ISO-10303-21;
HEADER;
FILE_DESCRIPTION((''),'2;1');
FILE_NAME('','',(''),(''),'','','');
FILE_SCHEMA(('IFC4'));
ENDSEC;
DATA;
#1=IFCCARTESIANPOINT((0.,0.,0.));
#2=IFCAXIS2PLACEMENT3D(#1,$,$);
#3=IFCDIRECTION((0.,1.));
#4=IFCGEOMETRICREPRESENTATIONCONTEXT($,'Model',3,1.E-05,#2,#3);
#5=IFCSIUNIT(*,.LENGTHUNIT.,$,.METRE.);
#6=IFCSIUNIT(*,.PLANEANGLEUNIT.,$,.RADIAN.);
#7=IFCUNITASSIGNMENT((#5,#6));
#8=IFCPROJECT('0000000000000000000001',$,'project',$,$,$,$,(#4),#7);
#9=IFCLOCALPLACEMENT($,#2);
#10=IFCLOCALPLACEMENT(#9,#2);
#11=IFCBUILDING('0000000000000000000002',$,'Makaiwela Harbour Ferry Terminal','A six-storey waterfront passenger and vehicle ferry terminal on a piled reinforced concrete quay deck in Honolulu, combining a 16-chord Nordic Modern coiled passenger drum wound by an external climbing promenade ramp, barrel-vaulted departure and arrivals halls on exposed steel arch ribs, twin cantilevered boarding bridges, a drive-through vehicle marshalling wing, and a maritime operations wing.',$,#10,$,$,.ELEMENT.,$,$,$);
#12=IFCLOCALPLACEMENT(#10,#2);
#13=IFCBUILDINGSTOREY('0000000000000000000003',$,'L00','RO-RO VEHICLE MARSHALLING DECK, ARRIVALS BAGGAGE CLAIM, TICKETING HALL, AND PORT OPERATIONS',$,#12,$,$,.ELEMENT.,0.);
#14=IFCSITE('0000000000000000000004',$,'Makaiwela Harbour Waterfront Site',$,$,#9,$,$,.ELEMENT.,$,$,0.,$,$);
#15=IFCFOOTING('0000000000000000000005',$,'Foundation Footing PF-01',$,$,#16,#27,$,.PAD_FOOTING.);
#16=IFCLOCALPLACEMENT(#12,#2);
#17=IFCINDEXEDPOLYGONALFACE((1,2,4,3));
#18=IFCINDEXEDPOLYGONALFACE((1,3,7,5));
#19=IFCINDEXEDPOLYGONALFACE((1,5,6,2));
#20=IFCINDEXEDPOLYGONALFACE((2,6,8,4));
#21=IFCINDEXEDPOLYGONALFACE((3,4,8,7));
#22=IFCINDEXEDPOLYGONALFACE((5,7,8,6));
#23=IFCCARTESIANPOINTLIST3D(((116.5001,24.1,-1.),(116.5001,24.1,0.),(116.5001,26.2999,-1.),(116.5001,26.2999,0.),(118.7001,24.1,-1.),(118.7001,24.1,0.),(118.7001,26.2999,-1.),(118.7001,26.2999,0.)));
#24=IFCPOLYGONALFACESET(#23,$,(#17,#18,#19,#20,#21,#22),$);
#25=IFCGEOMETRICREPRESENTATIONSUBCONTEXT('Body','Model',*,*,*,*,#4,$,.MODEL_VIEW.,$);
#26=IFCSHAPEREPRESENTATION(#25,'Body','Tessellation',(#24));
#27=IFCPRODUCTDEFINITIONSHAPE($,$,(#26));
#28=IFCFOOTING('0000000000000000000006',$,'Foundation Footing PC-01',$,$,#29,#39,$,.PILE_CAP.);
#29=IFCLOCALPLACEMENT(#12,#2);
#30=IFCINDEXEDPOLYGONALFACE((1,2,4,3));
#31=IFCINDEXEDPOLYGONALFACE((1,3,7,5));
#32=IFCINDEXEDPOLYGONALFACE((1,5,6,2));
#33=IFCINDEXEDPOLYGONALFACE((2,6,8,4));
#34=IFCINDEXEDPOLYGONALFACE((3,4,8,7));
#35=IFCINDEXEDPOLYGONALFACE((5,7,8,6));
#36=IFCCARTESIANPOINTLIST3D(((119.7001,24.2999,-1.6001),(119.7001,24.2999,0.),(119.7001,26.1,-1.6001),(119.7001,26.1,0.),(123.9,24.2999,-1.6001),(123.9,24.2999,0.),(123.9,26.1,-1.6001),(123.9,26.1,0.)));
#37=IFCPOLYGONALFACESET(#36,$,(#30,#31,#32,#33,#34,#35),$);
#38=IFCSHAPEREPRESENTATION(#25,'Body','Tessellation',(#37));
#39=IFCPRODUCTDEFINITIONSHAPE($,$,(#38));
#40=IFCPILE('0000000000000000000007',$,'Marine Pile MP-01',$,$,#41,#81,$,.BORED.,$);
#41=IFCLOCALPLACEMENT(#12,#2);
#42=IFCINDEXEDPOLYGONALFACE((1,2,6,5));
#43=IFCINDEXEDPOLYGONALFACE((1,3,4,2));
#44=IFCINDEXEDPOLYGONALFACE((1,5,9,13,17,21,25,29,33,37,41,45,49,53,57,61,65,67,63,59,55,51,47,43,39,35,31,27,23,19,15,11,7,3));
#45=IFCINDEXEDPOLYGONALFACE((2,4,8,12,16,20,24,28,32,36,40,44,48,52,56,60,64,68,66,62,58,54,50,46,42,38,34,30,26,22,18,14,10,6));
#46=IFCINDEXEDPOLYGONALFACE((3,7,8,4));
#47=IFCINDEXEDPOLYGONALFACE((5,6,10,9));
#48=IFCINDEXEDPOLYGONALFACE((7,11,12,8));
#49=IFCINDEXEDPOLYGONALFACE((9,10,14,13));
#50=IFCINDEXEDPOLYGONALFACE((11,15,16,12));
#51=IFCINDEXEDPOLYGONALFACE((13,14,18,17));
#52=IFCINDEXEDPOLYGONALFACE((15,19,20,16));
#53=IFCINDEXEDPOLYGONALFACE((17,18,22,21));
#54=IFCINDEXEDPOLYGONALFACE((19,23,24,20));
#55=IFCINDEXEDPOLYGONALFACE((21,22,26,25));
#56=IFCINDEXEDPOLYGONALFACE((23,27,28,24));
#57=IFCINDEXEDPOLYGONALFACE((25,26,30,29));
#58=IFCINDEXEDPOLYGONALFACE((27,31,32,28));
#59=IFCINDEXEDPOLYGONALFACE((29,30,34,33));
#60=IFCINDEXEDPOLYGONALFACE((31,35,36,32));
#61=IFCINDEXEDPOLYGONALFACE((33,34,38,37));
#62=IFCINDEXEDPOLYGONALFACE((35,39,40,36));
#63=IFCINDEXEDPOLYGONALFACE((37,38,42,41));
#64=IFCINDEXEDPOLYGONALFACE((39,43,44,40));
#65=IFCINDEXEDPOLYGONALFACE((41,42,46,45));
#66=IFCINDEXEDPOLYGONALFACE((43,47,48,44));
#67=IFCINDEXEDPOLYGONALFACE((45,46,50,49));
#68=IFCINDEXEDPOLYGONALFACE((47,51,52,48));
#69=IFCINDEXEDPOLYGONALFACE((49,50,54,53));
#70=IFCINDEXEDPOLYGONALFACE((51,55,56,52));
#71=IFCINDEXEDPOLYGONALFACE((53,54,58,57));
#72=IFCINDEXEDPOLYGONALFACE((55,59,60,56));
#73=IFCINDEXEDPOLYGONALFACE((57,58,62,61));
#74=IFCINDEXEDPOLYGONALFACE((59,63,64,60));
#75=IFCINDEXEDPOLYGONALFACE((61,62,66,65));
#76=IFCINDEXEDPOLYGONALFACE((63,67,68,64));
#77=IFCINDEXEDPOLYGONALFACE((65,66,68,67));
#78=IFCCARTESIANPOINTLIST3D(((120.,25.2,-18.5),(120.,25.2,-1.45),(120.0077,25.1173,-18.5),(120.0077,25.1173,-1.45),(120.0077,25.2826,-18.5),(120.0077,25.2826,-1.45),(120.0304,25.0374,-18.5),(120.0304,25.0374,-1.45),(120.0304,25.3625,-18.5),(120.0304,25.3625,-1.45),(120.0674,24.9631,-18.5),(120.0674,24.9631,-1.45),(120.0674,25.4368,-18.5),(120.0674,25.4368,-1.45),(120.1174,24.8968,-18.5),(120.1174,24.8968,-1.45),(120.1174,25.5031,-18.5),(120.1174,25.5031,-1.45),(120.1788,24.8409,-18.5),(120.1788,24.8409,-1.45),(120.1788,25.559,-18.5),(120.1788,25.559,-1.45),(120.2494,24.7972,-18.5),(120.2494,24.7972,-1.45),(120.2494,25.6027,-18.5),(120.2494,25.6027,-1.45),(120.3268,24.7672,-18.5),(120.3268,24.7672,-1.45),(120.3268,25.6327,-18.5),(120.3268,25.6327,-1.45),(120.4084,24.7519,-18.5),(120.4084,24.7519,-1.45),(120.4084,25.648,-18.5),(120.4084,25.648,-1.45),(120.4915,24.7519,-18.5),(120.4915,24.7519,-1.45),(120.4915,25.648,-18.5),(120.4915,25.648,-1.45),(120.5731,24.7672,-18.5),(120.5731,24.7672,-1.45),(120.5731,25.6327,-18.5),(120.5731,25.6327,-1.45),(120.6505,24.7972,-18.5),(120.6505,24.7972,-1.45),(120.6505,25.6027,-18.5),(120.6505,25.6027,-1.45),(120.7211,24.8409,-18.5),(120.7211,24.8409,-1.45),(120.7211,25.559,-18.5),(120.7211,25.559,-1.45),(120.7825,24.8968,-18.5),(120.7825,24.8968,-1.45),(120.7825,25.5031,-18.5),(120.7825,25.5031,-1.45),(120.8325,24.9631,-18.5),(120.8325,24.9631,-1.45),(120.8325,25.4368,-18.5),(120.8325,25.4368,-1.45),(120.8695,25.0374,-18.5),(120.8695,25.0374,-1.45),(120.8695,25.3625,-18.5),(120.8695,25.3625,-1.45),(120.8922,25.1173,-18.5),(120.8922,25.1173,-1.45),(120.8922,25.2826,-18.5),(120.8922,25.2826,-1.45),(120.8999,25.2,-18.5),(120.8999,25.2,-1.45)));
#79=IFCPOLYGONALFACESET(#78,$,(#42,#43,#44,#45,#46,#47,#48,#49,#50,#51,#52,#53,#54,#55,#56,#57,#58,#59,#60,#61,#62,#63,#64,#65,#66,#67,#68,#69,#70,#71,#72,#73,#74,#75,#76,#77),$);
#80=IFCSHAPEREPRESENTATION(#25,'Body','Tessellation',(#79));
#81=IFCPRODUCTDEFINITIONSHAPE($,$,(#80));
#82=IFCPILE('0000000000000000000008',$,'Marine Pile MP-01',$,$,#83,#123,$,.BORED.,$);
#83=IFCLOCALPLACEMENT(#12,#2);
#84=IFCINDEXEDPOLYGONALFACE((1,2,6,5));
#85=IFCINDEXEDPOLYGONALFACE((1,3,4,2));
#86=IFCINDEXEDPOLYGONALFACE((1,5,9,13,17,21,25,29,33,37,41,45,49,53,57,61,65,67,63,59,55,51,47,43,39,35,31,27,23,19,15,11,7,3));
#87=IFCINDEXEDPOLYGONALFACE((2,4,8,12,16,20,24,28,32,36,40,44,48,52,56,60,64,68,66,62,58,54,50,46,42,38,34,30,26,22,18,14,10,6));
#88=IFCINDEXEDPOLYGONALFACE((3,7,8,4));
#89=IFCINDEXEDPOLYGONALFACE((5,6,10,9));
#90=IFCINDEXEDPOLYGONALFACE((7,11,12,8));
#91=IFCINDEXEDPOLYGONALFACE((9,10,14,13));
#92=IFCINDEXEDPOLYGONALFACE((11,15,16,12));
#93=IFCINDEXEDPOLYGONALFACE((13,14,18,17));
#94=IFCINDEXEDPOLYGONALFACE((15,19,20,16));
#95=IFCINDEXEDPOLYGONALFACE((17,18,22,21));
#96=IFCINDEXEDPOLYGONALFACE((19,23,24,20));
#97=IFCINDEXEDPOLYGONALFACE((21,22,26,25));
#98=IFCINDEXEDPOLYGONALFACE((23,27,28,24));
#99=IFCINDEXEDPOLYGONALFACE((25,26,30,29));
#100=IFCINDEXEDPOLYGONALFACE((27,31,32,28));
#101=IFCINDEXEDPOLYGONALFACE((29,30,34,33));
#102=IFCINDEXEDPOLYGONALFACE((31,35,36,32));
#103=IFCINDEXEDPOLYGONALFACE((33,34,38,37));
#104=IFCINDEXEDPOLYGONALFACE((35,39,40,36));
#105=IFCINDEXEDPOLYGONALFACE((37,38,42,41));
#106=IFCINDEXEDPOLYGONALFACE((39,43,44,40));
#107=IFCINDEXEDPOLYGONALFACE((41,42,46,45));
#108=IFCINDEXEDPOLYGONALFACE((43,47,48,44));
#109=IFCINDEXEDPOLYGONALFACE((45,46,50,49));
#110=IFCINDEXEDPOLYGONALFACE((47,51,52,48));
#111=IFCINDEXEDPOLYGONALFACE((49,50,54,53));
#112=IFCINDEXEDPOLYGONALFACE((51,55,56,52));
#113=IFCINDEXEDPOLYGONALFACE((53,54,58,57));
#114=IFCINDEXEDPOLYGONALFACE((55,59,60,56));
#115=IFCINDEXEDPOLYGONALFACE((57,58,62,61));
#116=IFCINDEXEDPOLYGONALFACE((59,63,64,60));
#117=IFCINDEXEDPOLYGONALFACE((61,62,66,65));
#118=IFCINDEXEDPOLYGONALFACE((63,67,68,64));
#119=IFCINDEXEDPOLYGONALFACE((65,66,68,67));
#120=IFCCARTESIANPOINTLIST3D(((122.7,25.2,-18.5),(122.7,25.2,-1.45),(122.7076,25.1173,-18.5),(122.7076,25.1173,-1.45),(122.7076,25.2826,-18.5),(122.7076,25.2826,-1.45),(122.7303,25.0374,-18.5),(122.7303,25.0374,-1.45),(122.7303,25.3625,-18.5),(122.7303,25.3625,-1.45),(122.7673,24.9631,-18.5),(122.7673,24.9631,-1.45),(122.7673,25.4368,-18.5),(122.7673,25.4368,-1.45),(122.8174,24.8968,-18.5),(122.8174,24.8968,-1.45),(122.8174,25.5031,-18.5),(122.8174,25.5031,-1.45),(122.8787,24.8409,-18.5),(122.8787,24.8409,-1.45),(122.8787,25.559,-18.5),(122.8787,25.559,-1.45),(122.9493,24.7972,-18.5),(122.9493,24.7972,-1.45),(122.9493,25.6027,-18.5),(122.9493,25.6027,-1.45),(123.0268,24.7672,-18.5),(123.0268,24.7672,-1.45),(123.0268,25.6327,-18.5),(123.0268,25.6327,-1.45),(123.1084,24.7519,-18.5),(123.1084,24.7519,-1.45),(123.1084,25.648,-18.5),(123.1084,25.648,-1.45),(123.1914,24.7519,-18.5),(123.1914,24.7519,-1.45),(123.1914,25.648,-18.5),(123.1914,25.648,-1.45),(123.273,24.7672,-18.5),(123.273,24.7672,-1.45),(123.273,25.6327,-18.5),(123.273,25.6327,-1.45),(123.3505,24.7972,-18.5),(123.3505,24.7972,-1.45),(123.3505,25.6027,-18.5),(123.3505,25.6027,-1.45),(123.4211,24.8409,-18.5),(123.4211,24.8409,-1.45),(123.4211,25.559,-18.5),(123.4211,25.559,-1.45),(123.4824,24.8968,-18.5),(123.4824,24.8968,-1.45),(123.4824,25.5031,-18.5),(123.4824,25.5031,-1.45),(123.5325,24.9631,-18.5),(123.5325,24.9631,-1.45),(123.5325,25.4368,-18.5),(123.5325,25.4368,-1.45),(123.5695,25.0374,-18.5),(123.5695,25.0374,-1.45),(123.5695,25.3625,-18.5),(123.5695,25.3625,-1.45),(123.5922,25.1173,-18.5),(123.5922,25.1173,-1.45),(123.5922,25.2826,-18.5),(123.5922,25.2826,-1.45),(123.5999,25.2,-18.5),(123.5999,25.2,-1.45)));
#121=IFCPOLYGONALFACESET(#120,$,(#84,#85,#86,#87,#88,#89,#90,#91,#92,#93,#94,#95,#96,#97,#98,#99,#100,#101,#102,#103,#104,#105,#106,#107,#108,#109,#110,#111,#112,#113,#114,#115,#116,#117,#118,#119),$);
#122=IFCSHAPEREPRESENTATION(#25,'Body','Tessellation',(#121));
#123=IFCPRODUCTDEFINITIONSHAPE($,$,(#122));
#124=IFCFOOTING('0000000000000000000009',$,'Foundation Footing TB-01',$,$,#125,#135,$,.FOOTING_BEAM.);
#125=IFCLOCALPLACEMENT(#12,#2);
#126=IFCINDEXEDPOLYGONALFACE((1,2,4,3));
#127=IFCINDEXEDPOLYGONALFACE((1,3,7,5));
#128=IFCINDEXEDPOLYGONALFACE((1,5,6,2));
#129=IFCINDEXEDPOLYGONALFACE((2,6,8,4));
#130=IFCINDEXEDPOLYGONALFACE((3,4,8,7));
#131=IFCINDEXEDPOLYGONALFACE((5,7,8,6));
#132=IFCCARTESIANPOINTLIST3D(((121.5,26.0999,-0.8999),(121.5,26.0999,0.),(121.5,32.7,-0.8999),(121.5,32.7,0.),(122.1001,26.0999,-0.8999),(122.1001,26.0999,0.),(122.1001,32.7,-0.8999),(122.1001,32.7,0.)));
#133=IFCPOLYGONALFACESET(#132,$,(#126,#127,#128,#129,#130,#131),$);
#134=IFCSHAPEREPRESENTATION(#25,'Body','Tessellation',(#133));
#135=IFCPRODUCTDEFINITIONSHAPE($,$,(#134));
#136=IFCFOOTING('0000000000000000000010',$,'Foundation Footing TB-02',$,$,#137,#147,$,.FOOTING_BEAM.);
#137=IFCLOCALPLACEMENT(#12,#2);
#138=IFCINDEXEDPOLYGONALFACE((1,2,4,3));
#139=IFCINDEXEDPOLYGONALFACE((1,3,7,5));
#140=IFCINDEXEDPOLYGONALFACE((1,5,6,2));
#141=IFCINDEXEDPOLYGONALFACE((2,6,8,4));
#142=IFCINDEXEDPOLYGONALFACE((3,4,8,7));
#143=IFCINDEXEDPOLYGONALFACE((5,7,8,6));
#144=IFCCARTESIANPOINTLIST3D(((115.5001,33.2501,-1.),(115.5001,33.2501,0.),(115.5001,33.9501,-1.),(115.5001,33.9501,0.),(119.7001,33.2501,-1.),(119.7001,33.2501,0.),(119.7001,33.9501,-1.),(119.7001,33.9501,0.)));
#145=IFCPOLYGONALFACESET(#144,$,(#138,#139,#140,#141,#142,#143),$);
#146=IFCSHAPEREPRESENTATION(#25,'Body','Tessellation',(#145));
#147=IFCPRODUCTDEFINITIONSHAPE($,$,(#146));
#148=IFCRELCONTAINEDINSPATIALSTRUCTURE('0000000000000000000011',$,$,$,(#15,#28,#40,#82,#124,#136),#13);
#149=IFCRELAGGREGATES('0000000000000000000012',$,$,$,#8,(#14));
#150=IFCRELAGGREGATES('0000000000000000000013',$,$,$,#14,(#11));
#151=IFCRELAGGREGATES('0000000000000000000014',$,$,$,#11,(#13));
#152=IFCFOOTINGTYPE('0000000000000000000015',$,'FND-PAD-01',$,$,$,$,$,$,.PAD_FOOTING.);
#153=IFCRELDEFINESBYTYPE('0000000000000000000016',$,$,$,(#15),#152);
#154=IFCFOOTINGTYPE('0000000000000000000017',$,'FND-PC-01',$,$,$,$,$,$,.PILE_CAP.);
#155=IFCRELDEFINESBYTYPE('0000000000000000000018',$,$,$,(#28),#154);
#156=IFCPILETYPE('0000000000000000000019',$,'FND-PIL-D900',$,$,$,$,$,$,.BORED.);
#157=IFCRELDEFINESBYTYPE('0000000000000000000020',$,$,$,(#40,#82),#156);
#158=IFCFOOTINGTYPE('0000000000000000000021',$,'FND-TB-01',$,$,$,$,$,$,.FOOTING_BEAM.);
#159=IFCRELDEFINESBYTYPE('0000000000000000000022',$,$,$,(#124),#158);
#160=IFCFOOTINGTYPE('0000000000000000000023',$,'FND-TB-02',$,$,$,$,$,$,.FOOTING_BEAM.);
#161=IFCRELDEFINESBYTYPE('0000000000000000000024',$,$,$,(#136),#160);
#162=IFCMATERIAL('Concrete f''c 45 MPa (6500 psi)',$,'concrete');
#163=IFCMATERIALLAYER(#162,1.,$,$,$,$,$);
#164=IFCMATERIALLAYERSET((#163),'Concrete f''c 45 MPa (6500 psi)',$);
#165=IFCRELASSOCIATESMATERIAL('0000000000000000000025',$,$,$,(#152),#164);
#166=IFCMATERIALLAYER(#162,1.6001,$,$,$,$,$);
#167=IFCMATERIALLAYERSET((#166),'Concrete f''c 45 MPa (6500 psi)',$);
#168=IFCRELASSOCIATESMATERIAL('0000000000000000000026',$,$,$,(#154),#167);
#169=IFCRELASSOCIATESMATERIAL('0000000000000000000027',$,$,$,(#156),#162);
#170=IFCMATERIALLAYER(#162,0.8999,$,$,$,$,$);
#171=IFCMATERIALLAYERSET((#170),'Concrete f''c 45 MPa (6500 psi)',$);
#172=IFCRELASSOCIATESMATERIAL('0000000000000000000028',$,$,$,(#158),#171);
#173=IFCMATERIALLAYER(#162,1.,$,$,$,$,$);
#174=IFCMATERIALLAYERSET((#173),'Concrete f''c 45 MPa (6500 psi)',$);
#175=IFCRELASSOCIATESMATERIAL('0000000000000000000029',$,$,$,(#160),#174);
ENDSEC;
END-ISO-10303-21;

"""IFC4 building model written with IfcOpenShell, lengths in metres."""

from ifc_helpers import new_model, si_unit, direction, frame, origin, origin_2d, place, context, subcontext, project, spatial, rectangle, circle, extrude, material, layer, layer_set, material_profile, profile_set, type_object, element, save


model = new_model("IFC4")

# Units and contexts
model_context = context("Model", 3, precision=1e-05, world=origin(), true_north=direction((0.0, 1.0)))
body_context = subcontext(model_context, "Body", "Model", "MODEL_VIEW")
ifc_project = project(units=[si_unit("LENGTHUNIT", "METRE"), si_unit("PLANEANGLEUNIT", "RADIAN")], contexts=[model_context])

# Site, building, storey
site_placement = place(None, origin())
site = spatial("IfcSite", under=ifc_project, at=site_placement, Name="Makaiwela Harbour Waterfront Site", CompositionType="ELEMENT", RefElevation=0.0)
building_placement = place(site_placement, origin())
building = spatial("IfcBuilding", under=site, at=building_placement, Name="Makaiwela Harbour Ferry Terminal", Description="A six-storey waterfront passenger and vehicle ferry terminal on a piled reinforced concrete quay deck in Honolulu, combining a 16-chord Nordic Modern coiled passenger drum wound by an external climbing promenade ramp, barrel-vaulted departure and arrivals halls on exposed steel arch ribs, twin cantilevered boarding bridges, a drive-through vehicle marshalling wing, and a maritime operations wing.", CompositionType="ELEMENT")
storey_placement = place(building_placement, origin())
storey = spatial("IfcBuildingStorey", under=building, at=storey_placement, Name="L00", Description="RO-RO VEHICLE MARSHALLING DECK, ARRIVALS BAGGAGE CLAIM, TICKETING HALL, AND PORT OPERATIONS", CompositionType="ELEMENT", Elevation=0.0)

# Footings
ifc_material_1 = material(Name="Concrete f'c 45 MPa (6500 psi)", Category="concrete")
ifc_layer_1 = layer(ifc_material_1, 1.0)
ifc_layer_set_1 = layer_set([ifc_layer_1], Name="Concrete f'c 45 MPa (6500 psi)")
footing_type_1 = type_object("IfcFootingType", Name="FND-PAD-01", PredefinedType="PAD_FOOTING", material=ifc_layer_set_1)
footing_1_placement = place(storey_placement, frame((117.6001, 25.2, -1.0), z_axis=(0.0, 0.0, 1.0), x_axis=(1.0, 0.0, 0.0)))
element("IfcFooting", 1, at=footing_1_placement, inside=storey, type_object=footing_type_1, Name="Foundation Footing PF-01", PredefinedType="PAD_FOOTING", context=body_context, shape_type="SweptSolid", body=[
    extrude(rectangle(XDim=2.2, YDim=2.2, at=origin_2d()), origin(), (0.0, 0.0, 1.0), 1.0),
])
ifc_layer_2 = layer(ifc_material_1, 1.6001)
ifc_layer_set_2 = layer_set([ifc_layer_2], Name="Concrete f'c 45 MPa (6500 psi)")
footing_type_2 = type_object("IfcFootingType", Name="FND-PC-01", PredefinedType="PILE_CAP", material=ifc_layer_set_2)
footing_2_placement = place(storey_placement, frame((121.8, 25.2, -1.6001), z_axis=(0.0, 0.0, 1.0), x_axis=(1.0, 0.0, 0.0)))
element("IfcFooting", 2, at=footing_2_placement, inside=storey, type_object=footing_type_2, Name="Foundation Footing PC-01", PredefinedType="PILE_CAP", context=body_context, shape_type="SweptSolid", body=[
    extrude(rectangle(XDim=4.2, YDim=1.8, at=origin_2d()), origin(), (0.0, 0.0, 1.0), 1.6001),
])

# Piles
ifc_material_profile_1 = material_profile(ifc_material_1, circle(Radius=0.45, at=origin_2d()), Name="PILE-D900")
ifc_profile_set_1 = profile_set([ifc_material_profile_1], Name="Concrete f'c 45 MPa (6500 psi)")
pile_type = type_object("IfcPileType", Name="FND-PIL-D900", PredefinedType="BORED", material=ifc_profile_set_1)
for number, where, z_axis, x_axis, name in (
    (3, (120.45, 25.2, -1.45), (0.0, 0.0, -1.0), (1.0, 0.0, 0.0), "Marine Pile MP-01"),
    (4, (123.1499, 25.2, -1.45), (0.0, 0.0, -1.0), (1.0, 0.0, 0.0), "Marine Pile MP-01"),
):
    element("IfcPile", number, at=place(storey_placement, frame(where, z_axis=z_axis, x_axis=x_axis)), inside=storey, type_object=pile_type, Name=name, PredefinedType="BORED", context=body_context, shape_type="SweptSolid", body=[
        extrude(circle(Radius=0.45, at=origin_2d()), origin(), (0.0, 0.0, 1.0), 17.05),
    ])

# Footings
ifc_layer_3 = layer(ifc_material_1, 0.8999)
ifc_layer_set_3 = layer_set([ifc_layer_3], Name="Concrete f'c 45 MPa (6500 psi)")
footing_type_3 = type_object("IfcFootingType", Name="FND-TB-01", PredefinedType="FOOTING_BEAM", material=ifc_layer_set_3)
footing_3_placement = place(storey_placement, frame((121.8, 29.3999, -0.8999), z_axis=(0.0, 0.0, 1.0), x_axis=(0.0, 1.0, 0.0)))
element("IfcFooting", 5, at=footing_3_placement, inside=storey, type_object=footing_type_3, Name="Foundation Footing TB-01", PredefinedType="FOOTING_BEAM", context=body_context, shape_type="SweptSolid", body=[
    extrude(rectangle(XDim=6.6001, YDim=0.6001, at=origin_2d()), origin(), (0.0, 0.0, 1.0), 0.8999),
])
ifc_layer_4 = layer(ifc_material_1, 1.0)
ifc_layer_set_4 = layer_set([ifc_layer_4], Name="Concrete f'c 45 MPa (6500 psi)")
footing_type_4 = type_object("IfcFootingType", Name="FND-TB-02", PredefinedType="FOOTING_BEAM", material=ifc_layer_set_4)
footing_4_placement = place(storey_placement, frame((117.6001, 33.6001, -1.0), z_axis=(0.0, 0.0, 1.0), x_axis=(1.0, 0.0, 0.0)))
element("IfcFooting", 6, at=footing_4_placement, inside=storey, type_object=footing_type_4, Name="Foundation Footing TB-02", PredefinedType="FOOTING_BEAM", context=body_context, shape_type="SweptSolid", body=[
    extrude(rectangle(XDim=4.2, YDim=0.7, at=origin_2d()), origin(), (0.0, 0.0, 1.0), 1.0),
])

save(model, "model.ifc")
